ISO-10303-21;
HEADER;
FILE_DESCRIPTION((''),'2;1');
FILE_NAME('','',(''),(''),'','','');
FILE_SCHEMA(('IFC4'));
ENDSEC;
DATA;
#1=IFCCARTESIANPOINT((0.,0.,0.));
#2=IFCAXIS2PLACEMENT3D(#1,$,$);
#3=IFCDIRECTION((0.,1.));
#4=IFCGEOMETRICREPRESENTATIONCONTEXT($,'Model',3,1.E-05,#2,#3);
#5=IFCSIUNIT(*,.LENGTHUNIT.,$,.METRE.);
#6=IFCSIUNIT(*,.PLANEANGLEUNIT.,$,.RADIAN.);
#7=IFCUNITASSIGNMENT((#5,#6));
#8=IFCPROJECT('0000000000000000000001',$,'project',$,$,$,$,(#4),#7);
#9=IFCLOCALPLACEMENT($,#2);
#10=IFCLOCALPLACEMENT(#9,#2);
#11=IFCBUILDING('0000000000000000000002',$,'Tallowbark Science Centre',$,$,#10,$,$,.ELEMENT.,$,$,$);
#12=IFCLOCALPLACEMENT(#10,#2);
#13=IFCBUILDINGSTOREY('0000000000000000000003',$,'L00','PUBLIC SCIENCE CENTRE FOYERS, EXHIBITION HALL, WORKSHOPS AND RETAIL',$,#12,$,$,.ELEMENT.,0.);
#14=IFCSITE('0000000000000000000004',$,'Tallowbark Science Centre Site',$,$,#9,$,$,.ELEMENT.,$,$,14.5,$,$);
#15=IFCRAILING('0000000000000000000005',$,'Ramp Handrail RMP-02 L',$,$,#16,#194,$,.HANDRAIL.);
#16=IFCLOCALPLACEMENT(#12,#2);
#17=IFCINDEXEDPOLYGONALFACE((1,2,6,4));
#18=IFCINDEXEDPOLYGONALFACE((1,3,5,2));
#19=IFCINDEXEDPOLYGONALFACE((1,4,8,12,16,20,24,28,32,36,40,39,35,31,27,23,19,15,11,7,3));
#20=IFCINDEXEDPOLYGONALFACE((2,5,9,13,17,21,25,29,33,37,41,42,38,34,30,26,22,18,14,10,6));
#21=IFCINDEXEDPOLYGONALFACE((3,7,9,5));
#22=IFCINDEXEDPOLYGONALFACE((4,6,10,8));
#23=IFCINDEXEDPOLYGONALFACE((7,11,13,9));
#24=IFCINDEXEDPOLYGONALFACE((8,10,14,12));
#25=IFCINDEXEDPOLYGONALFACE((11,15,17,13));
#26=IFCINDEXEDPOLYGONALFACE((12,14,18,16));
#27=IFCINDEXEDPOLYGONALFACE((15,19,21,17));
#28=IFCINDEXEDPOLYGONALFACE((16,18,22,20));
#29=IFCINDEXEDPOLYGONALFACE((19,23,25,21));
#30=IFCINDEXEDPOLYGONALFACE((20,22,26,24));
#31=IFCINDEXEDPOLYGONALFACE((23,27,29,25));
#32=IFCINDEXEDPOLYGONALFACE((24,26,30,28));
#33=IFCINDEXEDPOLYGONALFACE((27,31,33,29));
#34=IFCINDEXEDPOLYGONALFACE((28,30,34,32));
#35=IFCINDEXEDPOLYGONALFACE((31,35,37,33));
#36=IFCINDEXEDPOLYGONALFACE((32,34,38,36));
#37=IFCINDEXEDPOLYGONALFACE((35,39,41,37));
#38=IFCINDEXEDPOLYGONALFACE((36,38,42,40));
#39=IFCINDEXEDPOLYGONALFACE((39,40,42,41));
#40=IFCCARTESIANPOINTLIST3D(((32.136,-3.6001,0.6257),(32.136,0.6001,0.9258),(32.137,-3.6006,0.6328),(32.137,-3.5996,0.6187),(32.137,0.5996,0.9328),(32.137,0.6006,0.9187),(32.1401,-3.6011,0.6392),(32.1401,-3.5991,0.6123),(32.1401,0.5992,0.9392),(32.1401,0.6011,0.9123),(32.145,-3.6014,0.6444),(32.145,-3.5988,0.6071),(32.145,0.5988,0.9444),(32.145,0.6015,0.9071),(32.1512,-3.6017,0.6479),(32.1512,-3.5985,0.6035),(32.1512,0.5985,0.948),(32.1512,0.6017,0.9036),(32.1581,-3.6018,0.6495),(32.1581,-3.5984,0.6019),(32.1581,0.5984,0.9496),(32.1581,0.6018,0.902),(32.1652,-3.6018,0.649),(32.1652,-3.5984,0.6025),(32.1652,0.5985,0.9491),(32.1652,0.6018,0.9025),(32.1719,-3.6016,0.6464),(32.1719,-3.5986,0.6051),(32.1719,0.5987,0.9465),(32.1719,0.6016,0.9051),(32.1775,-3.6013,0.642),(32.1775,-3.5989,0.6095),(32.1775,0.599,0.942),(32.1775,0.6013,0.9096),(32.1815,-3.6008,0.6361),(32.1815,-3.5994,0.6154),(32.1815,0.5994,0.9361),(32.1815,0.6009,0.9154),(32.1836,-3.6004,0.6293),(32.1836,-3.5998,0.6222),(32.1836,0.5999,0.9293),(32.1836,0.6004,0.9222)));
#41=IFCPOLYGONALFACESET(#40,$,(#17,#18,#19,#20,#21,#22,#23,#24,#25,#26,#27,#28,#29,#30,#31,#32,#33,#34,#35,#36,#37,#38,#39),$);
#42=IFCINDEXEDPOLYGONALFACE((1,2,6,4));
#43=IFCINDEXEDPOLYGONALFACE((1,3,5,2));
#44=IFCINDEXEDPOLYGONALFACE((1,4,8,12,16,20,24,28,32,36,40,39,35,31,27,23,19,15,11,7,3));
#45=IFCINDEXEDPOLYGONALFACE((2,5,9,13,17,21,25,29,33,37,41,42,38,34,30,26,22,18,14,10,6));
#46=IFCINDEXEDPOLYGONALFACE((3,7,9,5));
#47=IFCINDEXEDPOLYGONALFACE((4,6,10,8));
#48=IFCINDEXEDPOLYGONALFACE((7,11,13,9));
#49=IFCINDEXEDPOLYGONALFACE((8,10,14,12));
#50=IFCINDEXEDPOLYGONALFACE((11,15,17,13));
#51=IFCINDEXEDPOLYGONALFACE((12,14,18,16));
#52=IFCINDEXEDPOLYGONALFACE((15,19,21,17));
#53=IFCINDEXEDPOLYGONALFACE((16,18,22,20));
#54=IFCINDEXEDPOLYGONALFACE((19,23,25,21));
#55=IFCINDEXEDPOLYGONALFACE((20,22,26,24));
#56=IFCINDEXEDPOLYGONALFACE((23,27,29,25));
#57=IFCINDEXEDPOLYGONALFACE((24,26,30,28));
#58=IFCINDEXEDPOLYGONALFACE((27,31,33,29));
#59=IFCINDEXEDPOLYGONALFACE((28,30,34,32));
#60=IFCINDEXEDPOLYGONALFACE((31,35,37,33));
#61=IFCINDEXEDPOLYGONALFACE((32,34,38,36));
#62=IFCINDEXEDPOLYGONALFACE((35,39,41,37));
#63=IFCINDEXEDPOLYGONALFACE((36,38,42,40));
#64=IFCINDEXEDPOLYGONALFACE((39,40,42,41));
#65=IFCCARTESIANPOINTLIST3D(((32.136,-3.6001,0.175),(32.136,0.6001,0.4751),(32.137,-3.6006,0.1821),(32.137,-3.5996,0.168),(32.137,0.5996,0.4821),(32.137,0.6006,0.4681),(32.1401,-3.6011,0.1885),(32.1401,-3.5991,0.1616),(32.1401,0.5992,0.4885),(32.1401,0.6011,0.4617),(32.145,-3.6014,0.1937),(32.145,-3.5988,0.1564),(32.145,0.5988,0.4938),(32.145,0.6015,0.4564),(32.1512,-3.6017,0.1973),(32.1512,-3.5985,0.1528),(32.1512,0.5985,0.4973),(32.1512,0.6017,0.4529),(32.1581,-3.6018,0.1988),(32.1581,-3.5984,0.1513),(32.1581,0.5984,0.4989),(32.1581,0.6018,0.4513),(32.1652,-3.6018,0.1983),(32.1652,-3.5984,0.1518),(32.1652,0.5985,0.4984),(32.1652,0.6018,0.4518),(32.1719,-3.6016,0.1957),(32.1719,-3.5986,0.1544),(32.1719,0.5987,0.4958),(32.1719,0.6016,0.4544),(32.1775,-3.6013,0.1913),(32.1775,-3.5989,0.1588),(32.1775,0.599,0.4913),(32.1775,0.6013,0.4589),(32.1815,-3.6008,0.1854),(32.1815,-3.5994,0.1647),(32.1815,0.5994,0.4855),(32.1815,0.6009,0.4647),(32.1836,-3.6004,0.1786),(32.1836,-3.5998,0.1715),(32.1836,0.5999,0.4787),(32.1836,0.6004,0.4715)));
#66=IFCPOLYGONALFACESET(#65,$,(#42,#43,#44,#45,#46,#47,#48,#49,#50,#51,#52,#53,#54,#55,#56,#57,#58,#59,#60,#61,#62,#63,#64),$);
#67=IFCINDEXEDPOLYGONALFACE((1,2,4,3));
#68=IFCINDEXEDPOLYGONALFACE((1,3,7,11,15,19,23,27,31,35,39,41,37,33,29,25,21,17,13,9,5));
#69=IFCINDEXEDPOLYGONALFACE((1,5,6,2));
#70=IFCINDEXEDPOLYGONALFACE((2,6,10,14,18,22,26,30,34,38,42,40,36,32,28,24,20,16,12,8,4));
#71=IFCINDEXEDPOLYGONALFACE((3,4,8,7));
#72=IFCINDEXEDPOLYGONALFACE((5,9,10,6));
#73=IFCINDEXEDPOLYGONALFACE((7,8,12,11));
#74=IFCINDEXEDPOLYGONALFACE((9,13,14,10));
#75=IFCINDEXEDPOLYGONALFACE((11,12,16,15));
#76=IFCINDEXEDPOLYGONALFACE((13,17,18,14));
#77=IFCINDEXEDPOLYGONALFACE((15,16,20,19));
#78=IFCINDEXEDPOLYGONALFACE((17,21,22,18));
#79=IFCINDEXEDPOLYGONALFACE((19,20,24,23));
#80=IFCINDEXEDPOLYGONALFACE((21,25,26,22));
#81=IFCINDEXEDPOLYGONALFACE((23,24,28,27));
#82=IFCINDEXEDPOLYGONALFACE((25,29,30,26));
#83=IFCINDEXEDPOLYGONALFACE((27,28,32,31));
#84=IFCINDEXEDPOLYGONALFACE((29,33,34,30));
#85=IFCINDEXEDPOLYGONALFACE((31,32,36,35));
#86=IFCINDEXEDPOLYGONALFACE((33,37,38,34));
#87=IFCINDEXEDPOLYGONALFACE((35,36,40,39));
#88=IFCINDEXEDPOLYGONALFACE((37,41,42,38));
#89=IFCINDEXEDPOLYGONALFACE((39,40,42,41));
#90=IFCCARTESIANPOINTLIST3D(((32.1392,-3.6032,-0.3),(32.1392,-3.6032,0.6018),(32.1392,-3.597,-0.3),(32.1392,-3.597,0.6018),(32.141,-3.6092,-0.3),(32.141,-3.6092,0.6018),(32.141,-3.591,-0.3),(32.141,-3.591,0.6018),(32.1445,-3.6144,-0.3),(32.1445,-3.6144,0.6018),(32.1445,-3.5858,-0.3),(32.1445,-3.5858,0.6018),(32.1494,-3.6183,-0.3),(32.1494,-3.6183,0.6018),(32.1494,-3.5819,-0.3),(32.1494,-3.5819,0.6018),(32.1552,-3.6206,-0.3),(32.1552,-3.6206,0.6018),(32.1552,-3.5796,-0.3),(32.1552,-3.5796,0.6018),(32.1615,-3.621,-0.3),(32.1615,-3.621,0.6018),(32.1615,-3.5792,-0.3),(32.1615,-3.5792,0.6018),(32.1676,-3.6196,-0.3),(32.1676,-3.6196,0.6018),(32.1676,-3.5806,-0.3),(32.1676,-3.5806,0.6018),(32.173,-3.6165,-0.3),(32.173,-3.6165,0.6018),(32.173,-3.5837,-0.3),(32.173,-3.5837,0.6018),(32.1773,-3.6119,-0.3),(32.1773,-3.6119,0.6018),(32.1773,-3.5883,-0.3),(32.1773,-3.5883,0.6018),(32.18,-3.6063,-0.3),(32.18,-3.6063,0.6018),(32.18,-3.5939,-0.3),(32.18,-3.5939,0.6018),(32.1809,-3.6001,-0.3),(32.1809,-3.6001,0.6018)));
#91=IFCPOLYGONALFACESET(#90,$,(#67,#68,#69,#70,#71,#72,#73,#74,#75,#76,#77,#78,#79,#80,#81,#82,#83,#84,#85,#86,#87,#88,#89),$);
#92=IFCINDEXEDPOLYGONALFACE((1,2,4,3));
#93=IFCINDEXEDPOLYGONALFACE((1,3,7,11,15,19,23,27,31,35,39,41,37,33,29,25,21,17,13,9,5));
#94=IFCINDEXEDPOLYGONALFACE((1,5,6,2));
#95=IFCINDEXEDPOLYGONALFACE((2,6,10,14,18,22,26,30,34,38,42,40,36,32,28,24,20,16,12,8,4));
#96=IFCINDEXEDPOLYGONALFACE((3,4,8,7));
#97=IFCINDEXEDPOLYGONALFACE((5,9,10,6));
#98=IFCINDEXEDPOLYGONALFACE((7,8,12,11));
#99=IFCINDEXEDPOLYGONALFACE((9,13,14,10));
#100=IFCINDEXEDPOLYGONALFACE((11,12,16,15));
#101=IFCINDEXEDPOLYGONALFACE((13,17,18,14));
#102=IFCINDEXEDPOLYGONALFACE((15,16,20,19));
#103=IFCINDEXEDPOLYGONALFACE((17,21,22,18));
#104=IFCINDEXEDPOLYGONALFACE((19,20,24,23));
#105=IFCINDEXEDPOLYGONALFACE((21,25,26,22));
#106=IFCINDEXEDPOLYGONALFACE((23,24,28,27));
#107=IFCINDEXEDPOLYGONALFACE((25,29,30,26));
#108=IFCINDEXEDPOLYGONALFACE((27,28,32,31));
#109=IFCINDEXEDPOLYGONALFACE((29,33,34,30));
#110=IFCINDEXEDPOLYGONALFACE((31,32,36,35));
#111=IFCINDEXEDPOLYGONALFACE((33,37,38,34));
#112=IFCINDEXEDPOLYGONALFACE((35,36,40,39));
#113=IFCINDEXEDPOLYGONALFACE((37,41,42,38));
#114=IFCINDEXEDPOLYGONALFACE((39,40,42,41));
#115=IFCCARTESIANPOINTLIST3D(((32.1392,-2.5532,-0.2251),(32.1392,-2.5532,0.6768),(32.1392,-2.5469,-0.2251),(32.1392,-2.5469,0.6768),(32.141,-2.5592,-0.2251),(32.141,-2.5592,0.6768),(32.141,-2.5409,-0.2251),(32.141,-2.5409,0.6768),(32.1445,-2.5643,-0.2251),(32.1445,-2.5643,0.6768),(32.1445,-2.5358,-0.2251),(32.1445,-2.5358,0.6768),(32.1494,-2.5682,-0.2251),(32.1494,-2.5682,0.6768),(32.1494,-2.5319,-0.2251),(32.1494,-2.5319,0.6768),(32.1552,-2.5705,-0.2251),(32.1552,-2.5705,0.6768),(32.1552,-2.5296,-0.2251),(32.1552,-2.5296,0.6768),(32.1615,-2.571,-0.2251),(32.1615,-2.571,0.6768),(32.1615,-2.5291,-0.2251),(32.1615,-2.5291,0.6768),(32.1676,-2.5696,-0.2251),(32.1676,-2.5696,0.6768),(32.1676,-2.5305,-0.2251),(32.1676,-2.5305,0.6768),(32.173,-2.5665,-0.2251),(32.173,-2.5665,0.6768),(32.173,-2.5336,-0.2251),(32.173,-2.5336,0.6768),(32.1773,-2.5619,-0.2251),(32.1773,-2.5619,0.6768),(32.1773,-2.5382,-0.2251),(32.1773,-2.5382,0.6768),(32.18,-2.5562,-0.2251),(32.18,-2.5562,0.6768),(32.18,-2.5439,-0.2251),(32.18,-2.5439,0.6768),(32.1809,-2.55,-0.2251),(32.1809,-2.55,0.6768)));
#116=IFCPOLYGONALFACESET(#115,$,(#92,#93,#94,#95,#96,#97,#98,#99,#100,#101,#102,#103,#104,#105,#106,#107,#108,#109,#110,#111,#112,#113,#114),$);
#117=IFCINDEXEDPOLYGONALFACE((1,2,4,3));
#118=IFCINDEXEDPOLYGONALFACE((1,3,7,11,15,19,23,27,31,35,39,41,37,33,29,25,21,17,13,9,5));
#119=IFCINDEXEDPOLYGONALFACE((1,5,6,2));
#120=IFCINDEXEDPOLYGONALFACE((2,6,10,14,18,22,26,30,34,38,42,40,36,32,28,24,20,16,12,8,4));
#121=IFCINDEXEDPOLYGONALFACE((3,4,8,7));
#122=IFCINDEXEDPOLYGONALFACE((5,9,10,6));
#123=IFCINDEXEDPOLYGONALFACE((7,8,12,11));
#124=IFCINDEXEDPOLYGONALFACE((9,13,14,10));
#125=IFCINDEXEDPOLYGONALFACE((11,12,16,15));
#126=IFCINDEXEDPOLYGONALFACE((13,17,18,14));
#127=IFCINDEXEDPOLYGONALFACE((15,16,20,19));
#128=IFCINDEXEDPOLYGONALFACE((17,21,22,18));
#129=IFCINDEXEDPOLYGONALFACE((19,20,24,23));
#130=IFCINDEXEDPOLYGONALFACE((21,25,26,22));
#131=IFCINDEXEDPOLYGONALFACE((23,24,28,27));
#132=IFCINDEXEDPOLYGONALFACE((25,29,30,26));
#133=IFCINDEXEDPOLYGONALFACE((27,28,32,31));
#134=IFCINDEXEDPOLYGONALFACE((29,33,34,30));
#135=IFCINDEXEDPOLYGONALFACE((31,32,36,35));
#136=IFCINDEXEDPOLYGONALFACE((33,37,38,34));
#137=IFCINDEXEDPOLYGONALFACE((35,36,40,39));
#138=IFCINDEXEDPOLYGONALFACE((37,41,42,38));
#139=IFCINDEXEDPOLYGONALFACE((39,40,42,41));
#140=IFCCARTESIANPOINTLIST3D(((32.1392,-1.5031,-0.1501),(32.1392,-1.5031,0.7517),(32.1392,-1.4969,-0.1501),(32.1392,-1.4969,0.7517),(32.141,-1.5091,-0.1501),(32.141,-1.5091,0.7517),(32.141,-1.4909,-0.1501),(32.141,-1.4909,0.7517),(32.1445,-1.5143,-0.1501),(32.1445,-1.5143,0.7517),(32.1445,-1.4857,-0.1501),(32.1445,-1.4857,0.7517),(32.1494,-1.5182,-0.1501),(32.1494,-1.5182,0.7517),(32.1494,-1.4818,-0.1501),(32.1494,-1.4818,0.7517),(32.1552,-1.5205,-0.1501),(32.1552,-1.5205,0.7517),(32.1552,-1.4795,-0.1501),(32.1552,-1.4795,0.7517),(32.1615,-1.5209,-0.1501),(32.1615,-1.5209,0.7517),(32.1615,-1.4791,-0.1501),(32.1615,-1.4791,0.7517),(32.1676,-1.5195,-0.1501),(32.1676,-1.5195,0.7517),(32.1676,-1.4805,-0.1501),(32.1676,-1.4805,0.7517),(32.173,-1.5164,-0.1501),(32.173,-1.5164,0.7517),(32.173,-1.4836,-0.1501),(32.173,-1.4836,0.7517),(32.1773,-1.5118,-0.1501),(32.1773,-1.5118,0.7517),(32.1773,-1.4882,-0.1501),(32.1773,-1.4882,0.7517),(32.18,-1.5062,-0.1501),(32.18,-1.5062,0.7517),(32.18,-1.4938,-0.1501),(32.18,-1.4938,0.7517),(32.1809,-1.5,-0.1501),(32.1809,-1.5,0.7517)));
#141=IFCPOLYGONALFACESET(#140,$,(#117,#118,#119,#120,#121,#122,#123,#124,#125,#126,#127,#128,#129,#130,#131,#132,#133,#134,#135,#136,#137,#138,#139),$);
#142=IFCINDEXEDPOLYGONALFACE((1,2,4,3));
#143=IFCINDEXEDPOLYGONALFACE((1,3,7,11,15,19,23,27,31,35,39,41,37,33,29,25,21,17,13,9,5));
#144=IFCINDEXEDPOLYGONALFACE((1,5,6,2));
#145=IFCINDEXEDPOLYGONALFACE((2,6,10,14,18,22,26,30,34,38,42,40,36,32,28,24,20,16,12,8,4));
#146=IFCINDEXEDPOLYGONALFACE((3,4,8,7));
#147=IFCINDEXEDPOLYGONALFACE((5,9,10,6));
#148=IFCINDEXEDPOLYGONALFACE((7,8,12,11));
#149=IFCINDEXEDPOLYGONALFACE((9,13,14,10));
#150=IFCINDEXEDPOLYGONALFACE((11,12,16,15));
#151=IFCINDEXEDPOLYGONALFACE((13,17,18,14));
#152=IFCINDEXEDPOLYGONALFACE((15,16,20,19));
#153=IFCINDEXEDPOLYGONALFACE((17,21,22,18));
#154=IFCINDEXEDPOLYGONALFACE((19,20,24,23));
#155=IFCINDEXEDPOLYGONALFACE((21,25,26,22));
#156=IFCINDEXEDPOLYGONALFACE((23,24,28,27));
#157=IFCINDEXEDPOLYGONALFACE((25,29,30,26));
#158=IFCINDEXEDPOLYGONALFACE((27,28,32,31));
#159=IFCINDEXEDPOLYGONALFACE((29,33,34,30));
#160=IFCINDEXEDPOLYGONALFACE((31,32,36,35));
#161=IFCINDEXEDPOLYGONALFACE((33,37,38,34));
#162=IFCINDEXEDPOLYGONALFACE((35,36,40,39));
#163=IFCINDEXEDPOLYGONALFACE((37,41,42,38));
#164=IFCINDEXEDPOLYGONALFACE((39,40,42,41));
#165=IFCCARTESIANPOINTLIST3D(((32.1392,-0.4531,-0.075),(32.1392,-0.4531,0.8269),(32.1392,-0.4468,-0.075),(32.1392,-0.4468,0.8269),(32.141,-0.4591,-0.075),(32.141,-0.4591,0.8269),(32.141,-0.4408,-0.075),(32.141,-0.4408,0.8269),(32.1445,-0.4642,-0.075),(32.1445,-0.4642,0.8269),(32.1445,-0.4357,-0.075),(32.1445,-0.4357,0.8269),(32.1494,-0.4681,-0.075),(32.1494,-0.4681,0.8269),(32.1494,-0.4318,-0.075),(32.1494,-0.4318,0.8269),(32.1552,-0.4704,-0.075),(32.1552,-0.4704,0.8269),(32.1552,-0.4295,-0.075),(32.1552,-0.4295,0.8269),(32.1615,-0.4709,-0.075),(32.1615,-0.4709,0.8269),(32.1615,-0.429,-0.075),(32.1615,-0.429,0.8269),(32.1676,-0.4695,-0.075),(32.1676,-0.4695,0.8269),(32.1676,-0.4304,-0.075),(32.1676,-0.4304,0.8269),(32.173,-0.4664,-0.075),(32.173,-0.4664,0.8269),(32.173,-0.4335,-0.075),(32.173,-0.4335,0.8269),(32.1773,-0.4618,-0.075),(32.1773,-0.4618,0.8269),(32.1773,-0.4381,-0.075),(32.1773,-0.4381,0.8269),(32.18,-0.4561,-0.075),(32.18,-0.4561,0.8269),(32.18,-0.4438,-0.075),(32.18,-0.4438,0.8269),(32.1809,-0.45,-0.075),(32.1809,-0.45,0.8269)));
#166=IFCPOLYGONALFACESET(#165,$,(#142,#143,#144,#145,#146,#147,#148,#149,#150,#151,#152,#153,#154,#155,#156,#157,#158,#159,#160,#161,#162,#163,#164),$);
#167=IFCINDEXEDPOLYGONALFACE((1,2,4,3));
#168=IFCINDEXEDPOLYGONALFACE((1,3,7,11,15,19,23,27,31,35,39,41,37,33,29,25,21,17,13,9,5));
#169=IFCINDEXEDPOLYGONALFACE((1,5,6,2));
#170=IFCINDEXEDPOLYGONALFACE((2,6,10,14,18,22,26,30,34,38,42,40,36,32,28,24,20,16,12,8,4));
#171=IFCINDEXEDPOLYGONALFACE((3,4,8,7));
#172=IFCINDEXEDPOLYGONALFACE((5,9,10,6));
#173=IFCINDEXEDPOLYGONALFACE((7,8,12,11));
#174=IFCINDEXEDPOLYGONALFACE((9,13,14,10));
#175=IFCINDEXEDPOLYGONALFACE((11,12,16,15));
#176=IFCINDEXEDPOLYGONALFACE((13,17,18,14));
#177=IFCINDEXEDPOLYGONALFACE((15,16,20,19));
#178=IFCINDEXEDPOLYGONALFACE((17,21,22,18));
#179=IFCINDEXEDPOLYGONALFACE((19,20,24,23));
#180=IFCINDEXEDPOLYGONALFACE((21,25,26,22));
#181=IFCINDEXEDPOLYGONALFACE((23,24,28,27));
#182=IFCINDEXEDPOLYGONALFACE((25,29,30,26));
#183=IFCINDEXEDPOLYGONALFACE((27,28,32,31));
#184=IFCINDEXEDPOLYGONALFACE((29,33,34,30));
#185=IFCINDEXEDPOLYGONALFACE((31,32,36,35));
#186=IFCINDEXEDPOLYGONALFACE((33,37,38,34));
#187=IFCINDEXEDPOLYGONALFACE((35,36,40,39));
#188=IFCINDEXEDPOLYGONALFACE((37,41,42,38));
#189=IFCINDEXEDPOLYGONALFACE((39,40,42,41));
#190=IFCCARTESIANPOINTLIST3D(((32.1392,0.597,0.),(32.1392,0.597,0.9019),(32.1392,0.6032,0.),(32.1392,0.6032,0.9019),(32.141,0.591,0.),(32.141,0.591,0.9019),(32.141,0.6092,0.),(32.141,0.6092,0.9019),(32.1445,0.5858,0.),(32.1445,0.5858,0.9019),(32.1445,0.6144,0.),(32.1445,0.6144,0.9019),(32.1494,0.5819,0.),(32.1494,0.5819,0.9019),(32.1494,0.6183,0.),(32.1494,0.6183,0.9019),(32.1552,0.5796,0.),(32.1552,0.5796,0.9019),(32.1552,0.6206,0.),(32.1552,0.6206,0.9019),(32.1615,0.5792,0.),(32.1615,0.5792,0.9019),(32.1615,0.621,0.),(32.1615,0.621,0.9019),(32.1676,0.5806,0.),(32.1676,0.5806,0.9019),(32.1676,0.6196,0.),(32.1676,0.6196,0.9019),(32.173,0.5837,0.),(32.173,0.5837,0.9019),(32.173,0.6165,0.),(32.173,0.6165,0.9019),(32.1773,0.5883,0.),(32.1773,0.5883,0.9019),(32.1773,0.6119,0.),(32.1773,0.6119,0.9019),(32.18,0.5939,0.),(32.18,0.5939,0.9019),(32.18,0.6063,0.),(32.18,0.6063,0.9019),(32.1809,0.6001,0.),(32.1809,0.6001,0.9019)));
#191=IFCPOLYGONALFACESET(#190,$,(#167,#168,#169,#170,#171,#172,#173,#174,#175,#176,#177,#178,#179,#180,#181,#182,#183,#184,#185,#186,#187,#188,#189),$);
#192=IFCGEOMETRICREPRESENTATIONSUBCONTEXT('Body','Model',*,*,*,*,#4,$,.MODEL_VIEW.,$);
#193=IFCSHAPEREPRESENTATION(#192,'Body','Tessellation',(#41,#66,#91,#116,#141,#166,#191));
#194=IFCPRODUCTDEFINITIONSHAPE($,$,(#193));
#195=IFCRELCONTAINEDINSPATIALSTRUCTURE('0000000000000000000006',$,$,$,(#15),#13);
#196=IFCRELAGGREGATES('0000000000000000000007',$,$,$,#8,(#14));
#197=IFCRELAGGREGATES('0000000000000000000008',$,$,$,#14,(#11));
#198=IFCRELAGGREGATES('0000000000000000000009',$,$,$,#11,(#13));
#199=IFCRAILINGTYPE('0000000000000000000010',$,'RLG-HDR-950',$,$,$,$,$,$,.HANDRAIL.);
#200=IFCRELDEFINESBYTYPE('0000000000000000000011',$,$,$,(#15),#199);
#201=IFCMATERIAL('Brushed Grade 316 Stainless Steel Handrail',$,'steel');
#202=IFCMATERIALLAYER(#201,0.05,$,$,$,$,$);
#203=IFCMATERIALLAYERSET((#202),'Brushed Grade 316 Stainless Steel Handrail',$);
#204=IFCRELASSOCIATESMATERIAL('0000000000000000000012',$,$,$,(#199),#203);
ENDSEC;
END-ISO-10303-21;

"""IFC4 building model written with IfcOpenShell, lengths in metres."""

from ifc_helpers import new_model, si_unit, direction, frame, origin, origin_2d, place, context, subcontext, project, spatial, circle, extrude, material, layer, layer_set, type_object, element, save


model = new_model("IFC4")

# Units and contexts
model_context = context("Model", 3, precision=1e-05, world=origin(), true_north=direction((0.0, 1.0)))
body_context = subcontext(model_context, "Body", "Model", "MODEL_VIEW")
ifc_project = project(units=[si_unit("LENGTHUNIT", "METRE"), si_unit("PLANEANGLEUNIT", "RADIAN")], contexts=[model_context])

# Site, building, storey
site_placement = place(None, origin())
site = spatial("IfcSite", under=ifc_project, at=site_placement, Name="Tallowbark Science Centre Site", CompositionType="ELEMENT", RefElevation=14.5)
building_placement = place(site_placement, origin())
building = spatial("IfcBuilding", under=site, at=building_placement, Name="Tallowbark Science Centre", CompositionType="ELEMENT")
storey_placement = place(building_placement, origin())
storey = spatial("IfcBuildingStorey", under=building, at=storey_placement, Name="L00", Description="PUBLIC SCIENCE CENTRE FOYERS, EXHIBITION HALL, WORKSHOPS AND RETAIL", CompositionType="ELEMENT", Elevation=0.0)

# Railing
ifc_material_1 = material(Name="Brushed Grade 316 Stainless Steel Handrail", Category="steel")
ifc_layer_1 = layer(ifc_material_1, 0.05)
ifc_layer_set_1 = layer_set([ifc_layer_1], Name="Brushed Grade 316 Stainless Steel Handrail")
railing_type = type_object("IfcRailingType", Name="RLG-HDR-950", PredefinedType="HANDRAIL", material=ifc_layer_set_1)
for number, where, name in (
    (1, (32.1599, -3.6001, -0.3), "Ramp Handrail RMP-02 L"),
):
    element("IfcRailing", number, at=place(storey_placement, frame(where)), inside=storey, type_object=railing_type, Name=name, PredefinedType="HANDRAIL", context=body_context, shape_type="SweptSolid", body=[
        extrude(circle(Radius=0.0239, at=origin_2d()), frame((0.0, 0.0, 0.9258), z_axis=(0.0, 0.997458, 0.071255), x_axis=(-1.0, 0.0, 0.0)), (0.0, 0.0, 1.0), 4.2109),
        extrude(circle(Radius=0.0239, at=origin_2d()), frame((0.0, 0.0, 0.4751), z_axis=(0.0, 0.997458, 0.071255), x_axis=(-1.0, 0.0, 0.0)), (0.0, 0.0, 1.0), 4.2109),
        extrude(circle(Radius=0.021, at=origin_2d()), origin(), (0.0, 0.0, 1.0), 0.9019),
        extrude(circle(Radius=0.021, at=origin_2d()), frame((0.0, 1.05, 0.075)), (0.0, 0.0, 1.0), 0.9019),
        extrude(circle(Radius=0.021, at=origin_2d()), frame((0.0, 2.1001, 0.1499)), (0.0, 0.0, 1.0), 0.9019),
        extrude(circle(Radius=0.021, at=origin_2d()), frame((0.0, 3.1501, 0.2251)), (0.0, 0.0, 1.0), 0.9019),
        extrude(circle(Radius=0.021, at=origin_2d()), frame((0.0, 4.2002, 0.3)), (0.0, 0.0, 1.0), 0.9019),
    ])

save(model, "model.ifc")
